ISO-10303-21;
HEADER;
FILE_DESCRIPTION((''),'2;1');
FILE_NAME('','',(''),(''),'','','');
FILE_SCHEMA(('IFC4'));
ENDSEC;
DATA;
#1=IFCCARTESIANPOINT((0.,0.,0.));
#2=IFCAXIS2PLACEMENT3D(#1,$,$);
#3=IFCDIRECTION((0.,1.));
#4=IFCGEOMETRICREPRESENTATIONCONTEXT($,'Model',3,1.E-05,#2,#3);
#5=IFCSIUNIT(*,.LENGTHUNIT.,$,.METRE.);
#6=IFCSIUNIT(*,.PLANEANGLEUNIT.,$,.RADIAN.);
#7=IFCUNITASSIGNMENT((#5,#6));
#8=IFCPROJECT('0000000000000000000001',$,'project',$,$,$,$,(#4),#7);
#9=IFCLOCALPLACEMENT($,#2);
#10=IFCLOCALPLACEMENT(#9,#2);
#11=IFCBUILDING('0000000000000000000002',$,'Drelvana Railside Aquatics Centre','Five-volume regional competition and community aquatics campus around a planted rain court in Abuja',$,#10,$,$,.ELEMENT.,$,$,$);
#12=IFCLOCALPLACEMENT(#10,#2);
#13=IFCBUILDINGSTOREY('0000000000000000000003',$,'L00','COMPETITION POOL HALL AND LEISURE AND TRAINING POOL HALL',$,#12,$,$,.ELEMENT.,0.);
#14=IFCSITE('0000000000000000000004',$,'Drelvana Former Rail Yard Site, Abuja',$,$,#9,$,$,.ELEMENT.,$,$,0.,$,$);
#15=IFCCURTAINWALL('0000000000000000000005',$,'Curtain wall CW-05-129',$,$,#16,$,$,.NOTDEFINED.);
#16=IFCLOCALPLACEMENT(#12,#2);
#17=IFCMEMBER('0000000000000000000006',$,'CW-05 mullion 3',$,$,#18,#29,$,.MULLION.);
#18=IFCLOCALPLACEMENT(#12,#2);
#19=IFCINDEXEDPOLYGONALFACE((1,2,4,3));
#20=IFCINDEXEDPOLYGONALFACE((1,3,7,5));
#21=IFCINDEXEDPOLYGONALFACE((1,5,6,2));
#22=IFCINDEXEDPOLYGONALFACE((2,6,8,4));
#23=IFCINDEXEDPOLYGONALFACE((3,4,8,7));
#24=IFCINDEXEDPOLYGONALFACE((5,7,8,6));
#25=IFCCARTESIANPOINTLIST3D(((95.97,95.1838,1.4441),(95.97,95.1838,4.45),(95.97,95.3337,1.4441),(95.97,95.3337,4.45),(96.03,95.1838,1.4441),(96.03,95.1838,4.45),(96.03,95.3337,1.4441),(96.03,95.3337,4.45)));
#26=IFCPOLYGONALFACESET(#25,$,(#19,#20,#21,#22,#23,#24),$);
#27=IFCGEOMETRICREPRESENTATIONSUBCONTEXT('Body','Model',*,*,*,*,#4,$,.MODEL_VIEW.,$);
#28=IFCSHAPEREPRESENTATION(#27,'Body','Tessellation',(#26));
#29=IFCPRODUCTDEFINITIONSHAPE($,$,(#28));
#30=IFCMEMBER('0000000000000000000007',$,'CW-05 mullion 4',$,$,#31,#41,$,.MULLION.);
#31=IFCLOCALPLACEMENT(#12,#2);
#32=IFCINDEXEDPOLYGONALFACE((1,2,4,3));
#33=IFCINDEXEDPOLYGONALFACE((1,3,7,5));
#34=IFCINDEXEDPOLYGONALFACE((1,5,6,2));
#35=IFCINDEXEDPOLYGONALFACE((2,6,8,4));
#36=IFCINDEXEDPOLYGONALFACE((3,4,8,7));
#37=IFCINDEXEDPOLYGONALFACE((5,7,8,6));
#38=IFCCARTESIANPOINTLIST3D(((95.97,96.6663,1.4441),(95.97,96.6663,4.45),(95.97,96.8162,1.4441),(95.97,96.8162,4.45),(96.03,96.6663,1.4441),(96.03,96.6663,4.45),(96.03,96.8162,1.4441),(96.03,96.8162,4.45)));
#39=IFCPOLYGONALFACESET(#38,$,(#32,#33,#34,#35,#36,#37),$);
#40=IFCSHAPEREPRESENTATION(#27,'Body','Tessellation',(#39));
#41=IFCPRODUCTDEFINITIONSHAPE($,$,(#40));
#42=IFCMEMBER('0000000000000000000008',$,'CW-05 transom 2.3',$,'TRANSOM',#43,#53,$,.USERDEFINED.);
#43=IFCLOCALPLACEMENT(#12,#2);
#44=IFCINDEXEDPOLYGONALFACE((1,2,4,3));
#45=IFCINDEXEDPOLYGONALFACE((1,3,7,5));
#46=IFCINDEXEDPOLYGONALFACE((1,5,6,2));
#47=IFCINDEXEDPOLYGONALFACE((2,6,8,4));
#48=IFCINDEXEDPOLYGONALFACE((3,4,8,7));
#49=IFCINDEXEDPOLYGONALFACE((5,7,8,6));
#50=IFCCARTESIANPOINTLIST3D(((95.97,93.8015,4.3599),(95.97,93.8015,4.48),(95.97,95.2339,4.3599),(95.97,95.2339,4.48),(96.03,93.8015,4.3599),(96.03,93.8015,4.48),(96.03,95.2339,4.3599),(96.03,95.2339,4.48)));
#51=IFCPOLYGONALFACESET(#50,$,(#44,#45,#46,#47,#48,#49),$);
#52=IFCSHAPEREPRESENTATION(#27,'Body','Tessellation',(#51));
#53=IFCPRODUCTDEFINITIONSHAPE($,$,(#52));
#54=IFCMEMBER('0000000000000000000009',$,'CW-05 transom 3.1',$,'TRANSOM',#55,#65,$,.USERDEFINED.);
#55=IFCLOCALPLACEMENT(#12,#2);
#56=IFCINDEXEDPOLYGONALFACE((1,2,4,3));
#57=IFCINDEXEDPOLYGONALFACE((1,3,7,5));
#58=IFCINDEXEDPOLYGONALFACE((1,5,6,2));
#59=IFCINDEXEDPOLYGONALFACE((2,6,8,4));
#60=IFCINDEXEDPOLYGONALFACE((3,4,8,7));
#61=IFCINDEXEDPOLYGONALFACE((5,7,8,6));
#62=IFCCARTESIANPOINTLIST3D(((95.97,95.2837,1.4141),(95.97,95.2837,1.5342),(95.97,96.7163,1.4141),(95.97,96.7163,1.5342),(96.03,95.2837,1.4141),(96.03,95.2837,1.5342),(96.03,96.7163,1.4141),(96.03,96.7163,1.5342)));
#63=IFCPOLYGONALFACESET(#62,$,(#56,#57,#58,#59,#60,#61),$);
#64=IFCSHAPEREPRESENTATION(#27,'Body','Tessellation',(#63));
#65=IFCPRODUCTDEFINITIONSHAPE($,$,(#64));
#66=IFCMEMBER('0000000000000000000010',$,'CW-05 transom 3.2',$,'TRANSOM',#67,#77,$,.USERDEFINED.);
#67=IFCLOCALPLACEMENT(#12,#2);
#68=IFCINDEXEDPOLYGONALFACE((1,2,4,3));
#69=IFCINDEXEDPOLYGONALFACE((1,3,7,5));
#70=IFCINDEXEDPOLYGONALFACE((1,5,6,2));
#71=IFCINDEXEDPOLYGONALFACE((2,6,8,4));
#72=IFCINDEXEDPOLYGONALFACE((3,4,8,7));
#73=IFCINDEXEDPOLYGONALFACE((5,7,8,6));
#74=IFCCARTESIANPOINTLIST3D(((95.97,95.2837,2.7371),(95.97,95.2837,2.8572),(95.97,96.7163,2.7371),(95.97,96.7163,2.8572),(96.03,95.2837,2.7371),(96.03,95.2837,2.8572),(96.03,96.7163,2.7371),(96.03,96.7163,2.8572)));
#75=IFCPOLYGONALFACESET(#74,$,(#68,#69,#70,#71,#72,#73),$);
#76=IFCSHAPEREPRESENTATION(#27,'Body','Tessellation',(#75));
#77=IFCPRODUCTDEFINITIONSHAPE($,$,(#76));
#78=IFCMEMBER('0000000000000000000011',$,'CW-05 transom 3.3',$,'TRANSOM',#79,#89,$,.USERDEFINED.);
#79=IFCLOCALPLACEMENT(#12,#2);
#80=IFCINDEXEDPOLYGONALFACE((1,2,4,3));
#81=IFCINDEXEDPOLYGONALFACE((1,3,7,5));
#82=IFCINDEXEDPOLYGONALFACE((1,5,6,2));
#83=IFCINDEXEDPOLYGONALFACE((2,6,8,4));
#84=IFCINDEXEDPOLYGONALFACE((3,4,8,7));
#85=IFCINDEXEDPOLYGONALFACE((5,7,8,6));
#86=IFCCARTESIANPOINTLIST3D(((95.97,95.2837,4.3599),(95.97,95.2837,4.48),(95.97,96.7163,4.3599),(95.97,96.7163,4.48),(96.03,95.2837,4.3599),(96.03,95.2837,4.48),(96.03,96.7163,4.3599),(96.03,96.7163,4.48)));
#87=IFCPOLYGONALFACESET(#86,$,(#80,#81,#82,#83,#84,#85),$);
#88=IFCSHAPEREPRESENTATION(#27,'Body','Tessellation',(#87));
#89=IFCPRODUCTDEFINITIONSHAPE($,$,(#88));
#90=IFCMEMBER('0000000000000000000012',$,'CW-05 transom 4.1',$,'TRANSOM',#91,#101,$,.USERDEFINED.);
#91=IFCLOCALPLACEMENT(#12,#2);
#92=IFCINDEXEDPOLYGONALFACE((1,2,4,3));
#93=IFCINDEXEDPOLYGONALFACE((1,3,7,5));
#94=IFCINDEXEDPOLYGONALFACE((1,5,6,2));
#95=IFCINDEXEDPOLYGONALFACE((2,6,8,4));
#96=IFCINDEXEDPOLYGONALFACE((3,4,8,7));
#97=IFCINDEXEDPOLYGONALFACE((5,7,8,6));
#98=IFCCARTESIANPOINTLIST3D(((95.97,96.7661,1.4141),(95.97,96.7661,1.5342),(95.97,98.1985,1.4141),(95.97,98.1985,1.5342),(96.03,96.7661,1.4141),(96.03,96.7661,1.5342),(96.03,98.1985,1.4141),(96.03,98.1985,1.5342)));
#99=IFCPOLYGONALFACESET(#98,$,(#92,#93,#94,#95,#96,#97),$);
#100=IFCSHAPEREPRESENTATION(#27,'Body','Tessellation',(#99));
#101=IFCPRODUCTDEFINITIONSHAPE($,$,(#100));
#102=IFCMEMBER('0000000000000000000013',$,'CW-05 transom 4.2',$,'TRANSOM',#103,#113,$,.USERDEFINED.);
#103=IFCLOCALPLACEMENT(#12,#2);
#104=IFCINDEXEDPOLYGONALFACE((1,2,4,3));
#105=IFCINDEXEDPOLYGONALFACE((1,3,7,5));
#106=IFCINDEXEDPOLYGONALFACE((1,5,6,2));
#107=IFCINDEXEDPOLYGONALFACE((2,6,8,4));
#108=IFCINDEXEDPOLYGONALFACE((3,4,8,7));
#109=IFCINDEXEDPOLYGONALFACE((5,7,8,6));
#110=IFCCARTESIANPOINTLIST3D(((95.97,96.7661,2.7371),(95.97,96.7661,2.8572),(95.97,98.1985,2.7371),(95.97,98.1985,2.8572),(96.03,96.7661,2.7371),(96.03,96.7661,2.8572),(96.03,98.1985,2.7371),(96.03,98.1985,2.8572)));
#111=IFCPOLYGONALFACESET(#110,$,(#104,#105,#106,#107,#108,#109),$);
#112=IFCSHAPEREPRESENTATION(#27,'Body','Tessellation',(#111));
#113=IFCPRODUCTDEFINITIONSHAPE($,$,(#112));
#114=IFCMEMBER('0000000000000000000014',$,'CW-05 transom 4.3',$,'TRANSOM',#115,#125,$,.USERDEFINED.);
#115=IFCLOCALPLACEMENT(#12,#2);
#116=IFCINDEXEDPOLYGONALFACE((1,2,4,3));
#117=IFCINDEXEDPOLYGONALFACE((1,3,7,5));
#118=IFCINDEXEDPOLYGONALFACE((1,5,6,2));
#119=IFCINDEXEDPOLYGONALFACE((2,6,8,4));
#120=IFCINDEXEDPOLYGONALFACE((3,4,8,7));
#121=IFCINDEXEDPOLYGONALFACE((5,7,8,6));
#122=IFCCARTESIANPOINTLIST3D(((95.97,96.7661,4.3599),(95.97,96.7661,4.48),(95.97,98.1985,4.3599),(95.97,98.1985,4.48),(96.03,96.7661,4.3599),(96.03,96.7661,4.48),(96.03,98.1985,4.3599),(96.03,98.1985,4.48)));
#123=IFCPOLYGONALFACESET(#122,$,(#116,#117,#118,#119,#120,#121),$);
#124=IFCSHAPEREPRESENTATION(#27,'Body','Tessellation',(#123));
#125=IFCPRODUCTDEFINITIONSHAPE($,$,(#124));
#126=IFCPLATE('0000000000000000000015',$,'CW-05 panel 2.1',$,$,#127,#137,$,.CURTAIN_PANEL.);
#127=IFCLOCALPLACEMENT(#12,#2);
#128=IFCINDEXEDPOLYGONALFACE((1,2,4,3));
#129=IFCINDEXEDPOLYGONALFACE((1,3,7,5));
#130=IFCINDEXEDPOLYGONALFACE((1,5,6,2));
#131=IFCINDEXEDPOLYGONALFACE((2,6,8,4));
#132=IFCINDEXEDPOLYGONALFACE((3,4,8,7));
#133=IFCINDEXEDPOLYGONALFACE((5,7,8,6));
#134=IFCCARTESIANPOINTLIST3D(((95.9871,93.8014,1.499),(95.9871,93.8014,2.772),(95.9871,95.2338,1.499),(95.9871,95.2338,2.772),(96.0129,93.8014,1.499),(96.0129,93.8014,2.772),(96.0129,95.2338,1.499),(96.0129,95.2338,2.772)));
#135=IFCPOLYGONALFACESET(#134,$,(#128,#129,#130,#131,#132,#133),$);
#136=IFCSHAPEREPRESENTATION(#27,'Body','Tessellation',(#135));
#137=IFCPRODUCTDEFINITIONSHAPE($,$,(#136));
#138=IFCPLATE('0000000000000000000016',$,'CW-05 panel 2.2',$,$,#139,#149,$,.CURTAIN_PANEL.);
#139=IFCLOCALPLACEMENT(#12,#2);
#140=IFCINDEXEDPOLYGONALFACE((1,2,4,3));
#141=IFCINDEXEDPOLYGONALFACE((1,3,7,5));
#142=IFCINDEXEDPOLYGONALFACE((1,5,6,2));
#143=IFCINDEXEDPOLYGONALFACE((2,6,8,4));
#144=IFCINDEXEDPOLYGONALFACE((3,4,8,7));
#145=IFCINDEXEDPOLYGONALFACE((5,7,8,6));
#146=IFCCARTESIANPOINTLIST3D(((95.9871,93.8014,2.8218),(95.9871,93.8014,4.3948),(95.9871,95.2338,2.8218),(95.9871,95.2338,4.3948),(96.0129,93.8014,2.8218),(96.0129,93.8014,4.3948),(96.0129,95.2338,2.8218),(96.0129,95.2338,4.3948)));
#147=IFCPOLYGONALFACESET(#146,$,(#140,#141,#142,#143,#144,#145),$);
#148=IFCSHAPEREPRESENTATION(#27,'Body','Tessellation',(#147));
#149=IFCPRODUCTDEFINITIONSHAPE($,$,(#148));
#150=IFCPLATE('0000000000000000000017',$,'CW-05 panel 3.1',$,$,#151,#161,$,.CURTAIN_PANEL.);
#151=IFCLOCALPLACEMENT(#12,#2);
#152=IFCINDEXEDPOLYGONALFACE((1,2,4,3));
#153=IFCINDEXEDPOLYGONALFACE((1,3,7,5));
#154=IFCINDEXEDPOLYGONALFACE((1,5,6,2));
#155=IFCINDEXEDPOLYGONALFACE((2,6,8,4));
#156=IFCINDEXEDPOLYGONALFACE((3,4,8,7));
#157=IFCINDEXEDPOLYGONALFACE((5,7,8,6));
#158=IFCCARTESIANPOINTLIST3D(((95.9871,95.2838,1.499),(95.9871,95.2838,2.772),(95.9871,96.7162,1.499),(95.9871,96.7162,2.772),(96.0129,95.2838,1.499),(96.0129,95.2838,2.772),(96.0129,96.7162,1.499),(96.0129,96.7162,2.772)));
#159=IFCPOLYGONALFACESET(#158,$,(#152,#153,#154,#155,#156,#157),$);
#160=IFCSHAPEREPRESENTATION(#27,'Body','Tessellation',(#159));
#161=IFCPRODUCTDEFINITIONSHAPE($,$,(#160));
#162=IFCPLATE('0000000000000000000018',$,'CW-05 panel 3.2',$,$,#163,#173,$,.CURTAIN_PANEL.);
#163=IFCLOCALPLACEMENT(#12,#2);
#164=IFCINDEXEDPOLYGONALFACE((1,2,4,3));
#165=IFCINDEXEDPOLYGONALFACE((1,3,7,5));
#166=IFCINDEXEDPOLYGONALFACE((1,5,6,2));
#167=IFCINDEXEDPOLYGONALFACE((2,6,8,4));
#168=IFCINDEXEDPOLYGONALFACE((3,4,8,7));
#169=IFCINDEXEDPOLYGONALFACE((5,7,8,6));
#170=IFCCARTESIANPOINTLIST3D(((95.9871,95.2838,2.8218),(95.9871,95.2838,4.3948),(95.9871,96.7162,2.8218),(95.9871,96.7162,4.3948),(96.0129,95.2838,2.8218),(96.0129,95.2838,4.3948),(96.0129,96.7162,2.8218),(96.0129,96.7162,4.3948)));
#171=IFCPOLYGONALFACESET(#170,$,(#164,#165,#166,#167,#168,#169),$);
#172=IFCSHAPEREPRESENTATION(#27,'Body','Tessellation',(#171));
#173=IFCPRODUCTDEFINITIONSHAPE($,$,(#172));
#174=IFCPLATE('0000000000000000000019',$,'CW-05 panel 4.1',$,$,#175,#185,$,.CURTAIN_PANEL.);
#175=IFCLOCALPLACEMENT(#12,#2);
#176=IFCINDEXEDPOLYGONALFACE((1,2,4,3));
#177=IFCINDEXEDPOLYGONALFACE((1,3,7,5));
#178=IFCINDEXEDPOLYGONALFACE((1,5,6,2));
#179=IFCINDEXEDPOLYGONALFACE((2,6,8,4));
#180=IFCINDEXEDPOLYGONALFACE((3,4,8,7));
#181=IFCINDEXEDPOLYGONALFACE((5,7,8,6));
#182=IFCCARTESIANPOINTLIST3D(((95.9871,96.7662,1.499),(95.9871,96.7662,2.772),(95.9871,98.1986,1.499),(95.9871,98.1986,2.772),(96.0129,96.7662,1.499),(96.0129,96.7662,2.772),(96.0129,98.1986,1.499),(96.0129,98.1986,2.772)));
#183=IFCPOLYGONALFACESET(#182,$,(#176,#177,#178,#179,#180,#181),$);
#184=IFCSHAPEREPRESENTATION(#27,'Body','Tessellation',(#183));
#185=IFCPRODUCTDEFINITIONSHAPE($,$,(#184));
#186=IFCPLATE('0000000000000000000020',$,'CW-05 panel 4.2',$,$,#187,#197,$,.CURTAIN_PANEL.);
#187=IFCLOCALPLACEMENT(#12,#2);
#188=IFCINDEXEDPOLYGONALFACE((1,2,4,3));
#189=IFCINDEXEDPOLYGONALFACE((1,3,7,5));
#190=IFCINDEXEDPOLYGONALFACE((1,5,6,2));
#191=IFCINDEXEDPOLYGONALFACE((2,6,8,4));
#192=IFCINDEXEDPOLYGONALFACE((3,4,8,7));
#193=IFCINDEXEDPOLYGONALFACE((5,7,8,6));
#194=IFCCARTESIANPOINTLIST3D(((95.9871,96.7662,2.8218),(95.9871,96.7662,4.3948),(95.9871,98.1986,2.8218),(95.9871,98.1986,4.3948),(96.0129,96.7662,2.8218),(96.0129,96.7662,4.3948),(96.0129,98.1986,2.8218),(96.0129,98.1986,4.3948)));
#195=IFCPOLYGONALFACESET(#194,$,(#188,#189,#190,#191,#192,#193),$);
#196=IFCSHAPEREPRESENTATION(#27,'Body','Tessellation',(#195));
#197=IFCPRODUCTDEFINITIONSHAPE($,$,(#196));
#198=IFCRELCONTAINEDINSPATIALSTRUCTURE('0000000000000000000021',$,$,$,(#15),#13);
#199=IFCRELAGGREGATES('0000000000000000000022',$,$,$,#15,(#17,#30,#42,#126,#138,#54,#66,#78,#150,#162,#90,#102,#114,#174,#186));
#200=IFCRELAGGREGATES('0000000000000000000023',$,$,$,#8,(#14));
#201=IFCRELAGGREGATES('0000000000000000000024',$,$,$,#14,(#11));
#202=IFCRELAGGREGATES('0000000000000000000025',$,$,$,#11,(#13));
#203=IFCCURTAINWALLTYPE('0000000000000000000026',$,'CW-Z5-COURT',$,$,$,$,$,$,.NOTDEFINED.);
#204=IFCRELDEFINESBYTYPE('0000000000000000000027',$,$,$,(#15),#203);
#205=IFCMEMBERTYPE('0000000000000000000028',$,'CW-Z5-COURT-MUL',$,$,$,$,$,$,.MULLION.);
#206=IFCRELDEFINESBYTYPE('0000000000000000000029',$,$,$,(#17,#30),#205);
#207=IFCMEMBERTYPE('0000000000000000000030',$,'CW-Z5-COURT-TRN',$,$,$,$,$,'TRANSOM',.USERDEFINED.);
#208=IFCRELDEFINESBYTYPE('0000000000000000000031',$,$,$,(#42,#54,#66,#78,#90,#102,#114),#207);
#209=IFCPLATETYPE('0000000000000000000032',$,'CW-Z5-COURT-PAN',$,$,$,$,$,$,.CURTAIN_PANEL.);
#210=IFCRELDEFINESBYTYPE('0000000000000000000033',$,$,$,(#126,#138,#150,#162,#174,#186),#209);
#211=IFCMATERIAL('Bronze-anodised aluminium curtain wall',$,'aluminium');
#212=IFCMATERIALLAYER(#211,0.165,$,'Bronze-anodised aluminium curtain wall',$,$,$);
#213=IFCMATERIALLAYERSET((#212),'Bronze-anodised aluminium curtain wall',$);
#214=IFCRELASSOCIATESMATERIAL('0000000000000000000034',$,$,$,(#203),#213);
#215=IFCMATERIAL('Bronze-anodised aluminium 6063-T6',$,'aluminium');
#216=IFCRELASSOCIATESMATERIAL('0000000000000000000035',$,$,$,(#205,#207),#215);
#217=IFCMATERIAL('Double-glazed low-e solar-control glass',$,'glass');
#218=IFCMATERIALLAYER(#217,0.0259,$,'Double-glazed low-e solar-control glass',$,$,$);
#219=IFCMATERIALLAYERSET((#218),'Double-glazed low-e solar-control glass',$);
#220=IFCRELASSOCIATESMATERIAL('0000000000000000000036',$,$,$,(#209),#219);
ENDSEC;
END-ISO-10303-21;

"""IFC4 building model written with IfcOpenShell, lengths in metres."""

from ifc_helpers import new_model, si_unit, direction, frame, origin, origin_2d, place, context, subcontext, project, spatial, rectangle, extrude, material, layer, layer_set, material_profile, profile_set, type_object, element, aggregate, save


model = new_model("IFC4")

# Units and contexts
model_context = context("Model", 3, precision=1e-05, world=origin(), true_north=direction((0.0, 1.0)))
body_context = subcontext(model_context, "Body", "Model", "MODEL_VIEW")
ifc_project = project(units=[si_unit("LENGTHUNIT", "METRE"), si_unit("PLANEANGLEUNIT", "RADIAN")], contexts=[model_context])

# Site, building, storey
site_placement = place(None, origin())
site = spatial("IfcSite", under=ifc_project, at=site_placement, Name="Drelvana Former Rail Yard Site, Abuja", CompositionType="ELEMENT", RefElevation=0.0)
building_placement = place(site_placement, origin())
building = spatial("IfcBuilding", under=site, at=building_placement, Name="Drelvana Railside Aquatics Centre", Description="Five-volume regional competition and community aquatics campus around a planted rain court in Abuja", CompositionType="ELEMENT")
storey_placement = place(building_placement, origin())
storey = spatial("IfcBuildingStorey", under=building, at=storey_placement, Name="L00", Description="COMPETITION POOL HALL AND LEISURE AND TRAINING POOL HALL", CompositionType="ELEMENT", Elevation=0.0)

# Curtain wall, members, plates
ifc_material_1 = material(Name="Bronze-anodised aluminium curtain wall", Category="aluminium")
ifc_layer_1 = layer(ifc_material_1, 0.165, Name="Bronze-anodised aluminium curtain wall")
ifc_layer_set_1 = layer_set([ifc_layer_1], Name="Bronze-anodised aluminium curtain wall")
curtain_wall_type = type_object("IfcCurtainWallType", Name="CW-Z5-COURT", PredefinedType="NOTDEFINED", material=ifc_layer_set_1)
curtain_wall_placement = place(storey_placement, origin())
curtain_wall = element("IfcCurtainWall", 1, at=curtain_wall_placement, inside=storey, type_object=curtain_wall_type, Name="Curtain wall CW-05-129", PredefinedType="NOTDEFINED")
ifc_material_2 = material(Name="Bronze-anodised aluminium 6063-T6", Category="aluminium")
ifc_material_profile_1 = material_profile(ifc_material_2, rectangle(XDim=0.0601, YDim=0.1499, at=origin_2d()), Name="ALU-M 60x150")
ifc_profile_set_1 = profile_set([ifc_material_profile_1], Name="Bronze-anodised aluminium 6063-T6")
member_type_1 = type_object("IfcMemberType", Name="CW-Z5-COURT-MUL", PredefinedType="MULLION", material=ifc_profile_set_1)
member_1_placement = place(storey_placement, frame((96.0, 95.2588, 1.4441), z_axis=(0.0, 0.0, 1.0), x_axis=(-1.0, 0.0, 0.0)))
member_1 = element("IfcMember", 2, at=member_1_placement, type_object=member_type_1, Name="CW-05 mullion 3", PredefinedType="MULLION", context=body_context, shape_type="SweptSolid", body=[
    extrude(rectangle(XDim=0.0601, YDim=0.1499, at=origin_2d()), origin(), (0.0, 0.0, 1.0), 3.0059),
])
member_2_placement = place(storey_placement, frame((96.0, 96.7412, 1.4441), z_axis=(0.0, 0.0, 1.0), x_axis=(-1.0, 0.0, 0.0)))
member_2 = element("IfcMember", 3, at=member_2_placement, type_object=member_type_1, Name="CW-05 mullion 4", PredefinedType="MULLION", context=body_context, shape_type="SweptSolid", body=[
    extrude(rectangle(XDim=0.0601, YDim=0.1499, at=origin_2d()), origin(), (0.0, 0.0, 1.0), 3.0059),
])
ifc_material_profile_2 = material_profile(ifc_material_2, rectangle(XDim=0.1201, YDim=0.0601, at=origin_2d()), Name="ALU-T 60x120")
ifc_profile_set_2 = profile_set([ifc_material_profile_2], Name="Bronze-anodised aluminium 6063-T6")
member_type_2 = type_object("IfcMemberType", Name="CW-Z5-COURT-TRN", ElementType="TRANSOM", PredefinedType="USERDEFINED", material=ifc_profile_set_2)
member_3_placement = place(storey_placement, frame((96.0, 93.8015, 4.4199), z_axis=(0.0, 1.0, 0.0), x_axis=(0.0, 0.0, 1.0)))
member_3 = element("IfcMember", 4, at=member_3_placement, type_object=member_type_2, Name="CW-05 transom 2.3", ObjectType="TRANSOM", PredefinedType="USERDEFINED", context=body_context, shape_type="SweptSolid", body=[
    extrude(rectangle(XDim=0.1201, YDim=0.0601, at=origin_2d()), origin(), (0.0, 0.0, 1.0), 1.4324),
])
member_4_placement = place(storey_placement, frame((96.0, 95.2837, 1.4741), z_axis=(0.0, 1.0, 0.0), x_axis=(0.0, 0.0, 1.0)))
member_4 = element("IfcMember", 5, at=member_4_placement, type_object=member_type_2, Name="CW-05 transom 3.1", ObjectType="TRANSOM", PredefinedType="USERDEFINED", context=body_context, shape_type="SweptSolid", body=[
    extrude(rectangle(XDim=0.1201, YDim=0.0601, at=origin_2d()), origin(), (0.0, 0.0, 1.0), 1.4326),
])
member_5_placement = place(storey_placement, frame((96.0, 95.2837, 2.7971), z_axis=(0.0, 1.0, 0.0), x_axis=(0.0, 0.0, 1.0)))
member_5 = element("IfcMember", 6, at=member_5_placement, type_object=member_type_2, Name="CW-05 transom 3.2", ObjectType="TRANSOM", PredefinedType="USERDEFINED", context=body_context, shape_type="SweptSolid", body=[
    extrude(rectangle(XDim=0.1201, YDim=0.0601, at=origin_2d()), origin(), (0.0, 0.0, 1.0), 1.4326),
])
member_6_placement = place(storey_placement, frame((96.0, 95.2837, 4.4199), z_axis=(0.0, 1.0, 0.0), x_axis=(0.0, 0.0, 1.0)))
member_6 = element("IfcMember", 7, at=member_6_placement, type_object=member_type_2, Name="CW-05 transom 3.3", ObjectType="TRANSOM", PredefinedType="USERDEFINED", context=body_context, shape_type="SweptSolid", body=[
    extrude(rectangle(XDim=0.1201, YDim=0.0601, at=origin_2d()), origin(), (0.0, 0.0, 1.0), 1.4326),
])
member_7_placement = place(storey_placement, frame((96.0, 96.7661, 1.4741), z_axis=(0.0, 1.0, 0.0), x_axis=(0.0, 0.0, 1.0)))
member_7 = element("IfcMember", 8, at=member_7_placement, type_object=member_type_2, Name="CW-05 transom 4.1", ObjectType="TRANSOM", PredefinedType="USERDEFINED", context=body_context, shape_type="SweptSolid", body=[
    extrude(rectangle(XDim=0.1201, YDim=0.0601, at=origin_2d()), origin(), (0.0, 0.0, 1.0), 1.4324),
])
member_8_placement = place(storey_placement, frame((96.0, 96.7661, 2.7971), z_axis=(0.0, 1.0, 0.0), x_axis=(0.0, 0.0, 1.0)))
member_8 = element("IfcMember", 9, at=member_8_placement, type_object=member_type_2, Name="CW-05 transom 4.2", ObjectType="TRANSOM", PredefinedType="USERDEFINED", context=body_context, shape_type="SweptSolid", body=[
    extrude(rectangle(XDim=0.1201, YDim=0.0601, at=origin_2d()), origin(), (0.0, 0.0, 1.0), 1.4324),
])
member_9_placement = place(storey_placement, frame((96.0, 96.7661, 4.4199), z_axis=(0.0, 1.0, 0.0), x_axis=(0.0, 0.0, 1.0)))
member_9 = element("IfcMember", 10, at=member_9_placement, type_object=member_type_2, Name="CW-05 transom 4.3", ObjectType="TRANSOM", PredefinedType="USERDEFINED", context=body_context, shape_type="SweptSolid", body=[
    extrude(rectangle(XDim=0.1201, YDim=0.0601, at=origin_2d()), origin(), (0.0, 0.0, 1.0), 1.4324),
])
ifc_material_3 = material(Name="Double-glazed low-e solar-control glass", Category="glass")
ifc_layer_2 = layer(ifc_material_3, 0.0259, Name="Double-glazed low-e solar-control glass")
ifc_layer_set_2 = layer_set([ifc_layer_2], Name="Double-glazed low-e solar-control glass")
plate_type = type_object("IfcPlateType", Name="CW-Z5-COURT-PAN", PredefinedType="CURTAIN_PANEL", material=ifc_layer_set_2)
plate_1_placement = place(storey_placement, frame((96.0, 94.5176, 1.499), z_axis=(0.0, 0.0, 1.0), x_axis=(0.0, 1.0, 0.0)))
plate_1 = element("IfcPlate", 11, at=plate_1_placement, type_object=plate_type, Name="CW-05 panel 2.1", PredefinedType="CURTAIN_PANEL", context=body_context, shape_type="SweptSolid", body=[
    extrude(rectangle(XDim=1.4324, YDim=0.0259, at=origin_2d()), origin(), (0.0, 0.0, 1.0), 1.2729),
])
plate_2_placement = place(storey_placement, frame((96.0, 94.5176, 2.8218), z_axis=(0.0, 0.0, 1.0), x_axis=(0.0, 1.0, 0.0)))
plate_2 = element("IfcPlate", 12, at=plate_2_placement, type_object=plate_type, Name="CW-05 panel 2.2", PredefinedType="CURTAIN_PANEL", context=body_context, shape_type="SweptSolid", body=[
    extrude(rectangle(XDim=1.4324, YDim=0.0259, at=origin_2d()), origin(), (0.0, 0.0, 1.0), 1.573),
])
plate_3_placement = place(storey_placement, frame((96.0, 96.0, 1.499), z_axis=(0.0, 0.0, 1.0), x_axis=(0.0, 1.0, 0.0)))
plate_3 = element("IfcPlate", 13, at=plate_3_placement, type_object=plate_type, Name="CW-05 panel 3.1", PredefinedType="CURTAIN_PANEL", context=body_context, shape_type="SweptSolid", body=[
    extrude(rectangle(XDim=1.4324, YDim=0.0259, at=origin_2d()), origin(), (0.0, 0.0, 1.0), 1.2729),
])
plate_4_placement = place(storey_placement, frame((96.0, 96.0, 2.8218), z_axis=(0.0, 0.0, 1.0), x_axis=(0.0, 1.0, 0.0)))
plate_4 = element("IfcPlate", 14, at=plate_4_placement, type_object=plate_type, Name="CW-05 panel 3.2", PredefinedType="CURTAIN_PANEL", context=body_context, shape_type="SweptSolid", body=[
    extrude(rectangle(XDim=1.4324, YDim=0.0259, at=origin_2d()), origin(), (0.0, 0.0, 1.0), 1.573),
])
plate_5_placement = place(storey_placement, frame((96.0, 97.4824, 1.499), z_axis=(0.0, 0.0, 1.0), x_axis=(0.0, 1.0, 0.0)))
plate_5 = element("IfcPlate", 15, at=plate_5_placement, type_object=plate_type, Name="CW-05 panel 4.1", PredefinedType="CURTAIN_PANEL", context=body_context, shape_type="SweptSolid", body=[
    extrude(rectangle(XDim=1.4324, YDim=0.0259, at=origin_2d()), origin(), (0.0, 0.0, 1.0), 1.2729),
])
plate_6_placement = place(storey_placement, frame((96.0, 97.4824, 2.8218), z_axis=(0.0, 0.0, 1.0), x_axis=(0.0, 1.0, 0.0)))
plate_6 = element("IfcPlate", 16, at=plate_6_placement, type_object=plate_type, Name="CW-05 panel 4.2", PredefinedType="CURTAIN_PANEL", context=body_context, shape_type="SweptSolid", body=[
    extrude(rectangle(XDim=1.4324, YDim=0.0259, at=origin_2d()), origin(), (0.0, 0.0, 1.0), 1.573),
])
aggregate(curtain_wall, [member_1, member_2, member_3, plate_1, plate_2, member_4, member_5, member_6, plate_3, plate_4, member_7, member_8, member_9, plate_5, plate_6])

save(model, "model.ifc")
